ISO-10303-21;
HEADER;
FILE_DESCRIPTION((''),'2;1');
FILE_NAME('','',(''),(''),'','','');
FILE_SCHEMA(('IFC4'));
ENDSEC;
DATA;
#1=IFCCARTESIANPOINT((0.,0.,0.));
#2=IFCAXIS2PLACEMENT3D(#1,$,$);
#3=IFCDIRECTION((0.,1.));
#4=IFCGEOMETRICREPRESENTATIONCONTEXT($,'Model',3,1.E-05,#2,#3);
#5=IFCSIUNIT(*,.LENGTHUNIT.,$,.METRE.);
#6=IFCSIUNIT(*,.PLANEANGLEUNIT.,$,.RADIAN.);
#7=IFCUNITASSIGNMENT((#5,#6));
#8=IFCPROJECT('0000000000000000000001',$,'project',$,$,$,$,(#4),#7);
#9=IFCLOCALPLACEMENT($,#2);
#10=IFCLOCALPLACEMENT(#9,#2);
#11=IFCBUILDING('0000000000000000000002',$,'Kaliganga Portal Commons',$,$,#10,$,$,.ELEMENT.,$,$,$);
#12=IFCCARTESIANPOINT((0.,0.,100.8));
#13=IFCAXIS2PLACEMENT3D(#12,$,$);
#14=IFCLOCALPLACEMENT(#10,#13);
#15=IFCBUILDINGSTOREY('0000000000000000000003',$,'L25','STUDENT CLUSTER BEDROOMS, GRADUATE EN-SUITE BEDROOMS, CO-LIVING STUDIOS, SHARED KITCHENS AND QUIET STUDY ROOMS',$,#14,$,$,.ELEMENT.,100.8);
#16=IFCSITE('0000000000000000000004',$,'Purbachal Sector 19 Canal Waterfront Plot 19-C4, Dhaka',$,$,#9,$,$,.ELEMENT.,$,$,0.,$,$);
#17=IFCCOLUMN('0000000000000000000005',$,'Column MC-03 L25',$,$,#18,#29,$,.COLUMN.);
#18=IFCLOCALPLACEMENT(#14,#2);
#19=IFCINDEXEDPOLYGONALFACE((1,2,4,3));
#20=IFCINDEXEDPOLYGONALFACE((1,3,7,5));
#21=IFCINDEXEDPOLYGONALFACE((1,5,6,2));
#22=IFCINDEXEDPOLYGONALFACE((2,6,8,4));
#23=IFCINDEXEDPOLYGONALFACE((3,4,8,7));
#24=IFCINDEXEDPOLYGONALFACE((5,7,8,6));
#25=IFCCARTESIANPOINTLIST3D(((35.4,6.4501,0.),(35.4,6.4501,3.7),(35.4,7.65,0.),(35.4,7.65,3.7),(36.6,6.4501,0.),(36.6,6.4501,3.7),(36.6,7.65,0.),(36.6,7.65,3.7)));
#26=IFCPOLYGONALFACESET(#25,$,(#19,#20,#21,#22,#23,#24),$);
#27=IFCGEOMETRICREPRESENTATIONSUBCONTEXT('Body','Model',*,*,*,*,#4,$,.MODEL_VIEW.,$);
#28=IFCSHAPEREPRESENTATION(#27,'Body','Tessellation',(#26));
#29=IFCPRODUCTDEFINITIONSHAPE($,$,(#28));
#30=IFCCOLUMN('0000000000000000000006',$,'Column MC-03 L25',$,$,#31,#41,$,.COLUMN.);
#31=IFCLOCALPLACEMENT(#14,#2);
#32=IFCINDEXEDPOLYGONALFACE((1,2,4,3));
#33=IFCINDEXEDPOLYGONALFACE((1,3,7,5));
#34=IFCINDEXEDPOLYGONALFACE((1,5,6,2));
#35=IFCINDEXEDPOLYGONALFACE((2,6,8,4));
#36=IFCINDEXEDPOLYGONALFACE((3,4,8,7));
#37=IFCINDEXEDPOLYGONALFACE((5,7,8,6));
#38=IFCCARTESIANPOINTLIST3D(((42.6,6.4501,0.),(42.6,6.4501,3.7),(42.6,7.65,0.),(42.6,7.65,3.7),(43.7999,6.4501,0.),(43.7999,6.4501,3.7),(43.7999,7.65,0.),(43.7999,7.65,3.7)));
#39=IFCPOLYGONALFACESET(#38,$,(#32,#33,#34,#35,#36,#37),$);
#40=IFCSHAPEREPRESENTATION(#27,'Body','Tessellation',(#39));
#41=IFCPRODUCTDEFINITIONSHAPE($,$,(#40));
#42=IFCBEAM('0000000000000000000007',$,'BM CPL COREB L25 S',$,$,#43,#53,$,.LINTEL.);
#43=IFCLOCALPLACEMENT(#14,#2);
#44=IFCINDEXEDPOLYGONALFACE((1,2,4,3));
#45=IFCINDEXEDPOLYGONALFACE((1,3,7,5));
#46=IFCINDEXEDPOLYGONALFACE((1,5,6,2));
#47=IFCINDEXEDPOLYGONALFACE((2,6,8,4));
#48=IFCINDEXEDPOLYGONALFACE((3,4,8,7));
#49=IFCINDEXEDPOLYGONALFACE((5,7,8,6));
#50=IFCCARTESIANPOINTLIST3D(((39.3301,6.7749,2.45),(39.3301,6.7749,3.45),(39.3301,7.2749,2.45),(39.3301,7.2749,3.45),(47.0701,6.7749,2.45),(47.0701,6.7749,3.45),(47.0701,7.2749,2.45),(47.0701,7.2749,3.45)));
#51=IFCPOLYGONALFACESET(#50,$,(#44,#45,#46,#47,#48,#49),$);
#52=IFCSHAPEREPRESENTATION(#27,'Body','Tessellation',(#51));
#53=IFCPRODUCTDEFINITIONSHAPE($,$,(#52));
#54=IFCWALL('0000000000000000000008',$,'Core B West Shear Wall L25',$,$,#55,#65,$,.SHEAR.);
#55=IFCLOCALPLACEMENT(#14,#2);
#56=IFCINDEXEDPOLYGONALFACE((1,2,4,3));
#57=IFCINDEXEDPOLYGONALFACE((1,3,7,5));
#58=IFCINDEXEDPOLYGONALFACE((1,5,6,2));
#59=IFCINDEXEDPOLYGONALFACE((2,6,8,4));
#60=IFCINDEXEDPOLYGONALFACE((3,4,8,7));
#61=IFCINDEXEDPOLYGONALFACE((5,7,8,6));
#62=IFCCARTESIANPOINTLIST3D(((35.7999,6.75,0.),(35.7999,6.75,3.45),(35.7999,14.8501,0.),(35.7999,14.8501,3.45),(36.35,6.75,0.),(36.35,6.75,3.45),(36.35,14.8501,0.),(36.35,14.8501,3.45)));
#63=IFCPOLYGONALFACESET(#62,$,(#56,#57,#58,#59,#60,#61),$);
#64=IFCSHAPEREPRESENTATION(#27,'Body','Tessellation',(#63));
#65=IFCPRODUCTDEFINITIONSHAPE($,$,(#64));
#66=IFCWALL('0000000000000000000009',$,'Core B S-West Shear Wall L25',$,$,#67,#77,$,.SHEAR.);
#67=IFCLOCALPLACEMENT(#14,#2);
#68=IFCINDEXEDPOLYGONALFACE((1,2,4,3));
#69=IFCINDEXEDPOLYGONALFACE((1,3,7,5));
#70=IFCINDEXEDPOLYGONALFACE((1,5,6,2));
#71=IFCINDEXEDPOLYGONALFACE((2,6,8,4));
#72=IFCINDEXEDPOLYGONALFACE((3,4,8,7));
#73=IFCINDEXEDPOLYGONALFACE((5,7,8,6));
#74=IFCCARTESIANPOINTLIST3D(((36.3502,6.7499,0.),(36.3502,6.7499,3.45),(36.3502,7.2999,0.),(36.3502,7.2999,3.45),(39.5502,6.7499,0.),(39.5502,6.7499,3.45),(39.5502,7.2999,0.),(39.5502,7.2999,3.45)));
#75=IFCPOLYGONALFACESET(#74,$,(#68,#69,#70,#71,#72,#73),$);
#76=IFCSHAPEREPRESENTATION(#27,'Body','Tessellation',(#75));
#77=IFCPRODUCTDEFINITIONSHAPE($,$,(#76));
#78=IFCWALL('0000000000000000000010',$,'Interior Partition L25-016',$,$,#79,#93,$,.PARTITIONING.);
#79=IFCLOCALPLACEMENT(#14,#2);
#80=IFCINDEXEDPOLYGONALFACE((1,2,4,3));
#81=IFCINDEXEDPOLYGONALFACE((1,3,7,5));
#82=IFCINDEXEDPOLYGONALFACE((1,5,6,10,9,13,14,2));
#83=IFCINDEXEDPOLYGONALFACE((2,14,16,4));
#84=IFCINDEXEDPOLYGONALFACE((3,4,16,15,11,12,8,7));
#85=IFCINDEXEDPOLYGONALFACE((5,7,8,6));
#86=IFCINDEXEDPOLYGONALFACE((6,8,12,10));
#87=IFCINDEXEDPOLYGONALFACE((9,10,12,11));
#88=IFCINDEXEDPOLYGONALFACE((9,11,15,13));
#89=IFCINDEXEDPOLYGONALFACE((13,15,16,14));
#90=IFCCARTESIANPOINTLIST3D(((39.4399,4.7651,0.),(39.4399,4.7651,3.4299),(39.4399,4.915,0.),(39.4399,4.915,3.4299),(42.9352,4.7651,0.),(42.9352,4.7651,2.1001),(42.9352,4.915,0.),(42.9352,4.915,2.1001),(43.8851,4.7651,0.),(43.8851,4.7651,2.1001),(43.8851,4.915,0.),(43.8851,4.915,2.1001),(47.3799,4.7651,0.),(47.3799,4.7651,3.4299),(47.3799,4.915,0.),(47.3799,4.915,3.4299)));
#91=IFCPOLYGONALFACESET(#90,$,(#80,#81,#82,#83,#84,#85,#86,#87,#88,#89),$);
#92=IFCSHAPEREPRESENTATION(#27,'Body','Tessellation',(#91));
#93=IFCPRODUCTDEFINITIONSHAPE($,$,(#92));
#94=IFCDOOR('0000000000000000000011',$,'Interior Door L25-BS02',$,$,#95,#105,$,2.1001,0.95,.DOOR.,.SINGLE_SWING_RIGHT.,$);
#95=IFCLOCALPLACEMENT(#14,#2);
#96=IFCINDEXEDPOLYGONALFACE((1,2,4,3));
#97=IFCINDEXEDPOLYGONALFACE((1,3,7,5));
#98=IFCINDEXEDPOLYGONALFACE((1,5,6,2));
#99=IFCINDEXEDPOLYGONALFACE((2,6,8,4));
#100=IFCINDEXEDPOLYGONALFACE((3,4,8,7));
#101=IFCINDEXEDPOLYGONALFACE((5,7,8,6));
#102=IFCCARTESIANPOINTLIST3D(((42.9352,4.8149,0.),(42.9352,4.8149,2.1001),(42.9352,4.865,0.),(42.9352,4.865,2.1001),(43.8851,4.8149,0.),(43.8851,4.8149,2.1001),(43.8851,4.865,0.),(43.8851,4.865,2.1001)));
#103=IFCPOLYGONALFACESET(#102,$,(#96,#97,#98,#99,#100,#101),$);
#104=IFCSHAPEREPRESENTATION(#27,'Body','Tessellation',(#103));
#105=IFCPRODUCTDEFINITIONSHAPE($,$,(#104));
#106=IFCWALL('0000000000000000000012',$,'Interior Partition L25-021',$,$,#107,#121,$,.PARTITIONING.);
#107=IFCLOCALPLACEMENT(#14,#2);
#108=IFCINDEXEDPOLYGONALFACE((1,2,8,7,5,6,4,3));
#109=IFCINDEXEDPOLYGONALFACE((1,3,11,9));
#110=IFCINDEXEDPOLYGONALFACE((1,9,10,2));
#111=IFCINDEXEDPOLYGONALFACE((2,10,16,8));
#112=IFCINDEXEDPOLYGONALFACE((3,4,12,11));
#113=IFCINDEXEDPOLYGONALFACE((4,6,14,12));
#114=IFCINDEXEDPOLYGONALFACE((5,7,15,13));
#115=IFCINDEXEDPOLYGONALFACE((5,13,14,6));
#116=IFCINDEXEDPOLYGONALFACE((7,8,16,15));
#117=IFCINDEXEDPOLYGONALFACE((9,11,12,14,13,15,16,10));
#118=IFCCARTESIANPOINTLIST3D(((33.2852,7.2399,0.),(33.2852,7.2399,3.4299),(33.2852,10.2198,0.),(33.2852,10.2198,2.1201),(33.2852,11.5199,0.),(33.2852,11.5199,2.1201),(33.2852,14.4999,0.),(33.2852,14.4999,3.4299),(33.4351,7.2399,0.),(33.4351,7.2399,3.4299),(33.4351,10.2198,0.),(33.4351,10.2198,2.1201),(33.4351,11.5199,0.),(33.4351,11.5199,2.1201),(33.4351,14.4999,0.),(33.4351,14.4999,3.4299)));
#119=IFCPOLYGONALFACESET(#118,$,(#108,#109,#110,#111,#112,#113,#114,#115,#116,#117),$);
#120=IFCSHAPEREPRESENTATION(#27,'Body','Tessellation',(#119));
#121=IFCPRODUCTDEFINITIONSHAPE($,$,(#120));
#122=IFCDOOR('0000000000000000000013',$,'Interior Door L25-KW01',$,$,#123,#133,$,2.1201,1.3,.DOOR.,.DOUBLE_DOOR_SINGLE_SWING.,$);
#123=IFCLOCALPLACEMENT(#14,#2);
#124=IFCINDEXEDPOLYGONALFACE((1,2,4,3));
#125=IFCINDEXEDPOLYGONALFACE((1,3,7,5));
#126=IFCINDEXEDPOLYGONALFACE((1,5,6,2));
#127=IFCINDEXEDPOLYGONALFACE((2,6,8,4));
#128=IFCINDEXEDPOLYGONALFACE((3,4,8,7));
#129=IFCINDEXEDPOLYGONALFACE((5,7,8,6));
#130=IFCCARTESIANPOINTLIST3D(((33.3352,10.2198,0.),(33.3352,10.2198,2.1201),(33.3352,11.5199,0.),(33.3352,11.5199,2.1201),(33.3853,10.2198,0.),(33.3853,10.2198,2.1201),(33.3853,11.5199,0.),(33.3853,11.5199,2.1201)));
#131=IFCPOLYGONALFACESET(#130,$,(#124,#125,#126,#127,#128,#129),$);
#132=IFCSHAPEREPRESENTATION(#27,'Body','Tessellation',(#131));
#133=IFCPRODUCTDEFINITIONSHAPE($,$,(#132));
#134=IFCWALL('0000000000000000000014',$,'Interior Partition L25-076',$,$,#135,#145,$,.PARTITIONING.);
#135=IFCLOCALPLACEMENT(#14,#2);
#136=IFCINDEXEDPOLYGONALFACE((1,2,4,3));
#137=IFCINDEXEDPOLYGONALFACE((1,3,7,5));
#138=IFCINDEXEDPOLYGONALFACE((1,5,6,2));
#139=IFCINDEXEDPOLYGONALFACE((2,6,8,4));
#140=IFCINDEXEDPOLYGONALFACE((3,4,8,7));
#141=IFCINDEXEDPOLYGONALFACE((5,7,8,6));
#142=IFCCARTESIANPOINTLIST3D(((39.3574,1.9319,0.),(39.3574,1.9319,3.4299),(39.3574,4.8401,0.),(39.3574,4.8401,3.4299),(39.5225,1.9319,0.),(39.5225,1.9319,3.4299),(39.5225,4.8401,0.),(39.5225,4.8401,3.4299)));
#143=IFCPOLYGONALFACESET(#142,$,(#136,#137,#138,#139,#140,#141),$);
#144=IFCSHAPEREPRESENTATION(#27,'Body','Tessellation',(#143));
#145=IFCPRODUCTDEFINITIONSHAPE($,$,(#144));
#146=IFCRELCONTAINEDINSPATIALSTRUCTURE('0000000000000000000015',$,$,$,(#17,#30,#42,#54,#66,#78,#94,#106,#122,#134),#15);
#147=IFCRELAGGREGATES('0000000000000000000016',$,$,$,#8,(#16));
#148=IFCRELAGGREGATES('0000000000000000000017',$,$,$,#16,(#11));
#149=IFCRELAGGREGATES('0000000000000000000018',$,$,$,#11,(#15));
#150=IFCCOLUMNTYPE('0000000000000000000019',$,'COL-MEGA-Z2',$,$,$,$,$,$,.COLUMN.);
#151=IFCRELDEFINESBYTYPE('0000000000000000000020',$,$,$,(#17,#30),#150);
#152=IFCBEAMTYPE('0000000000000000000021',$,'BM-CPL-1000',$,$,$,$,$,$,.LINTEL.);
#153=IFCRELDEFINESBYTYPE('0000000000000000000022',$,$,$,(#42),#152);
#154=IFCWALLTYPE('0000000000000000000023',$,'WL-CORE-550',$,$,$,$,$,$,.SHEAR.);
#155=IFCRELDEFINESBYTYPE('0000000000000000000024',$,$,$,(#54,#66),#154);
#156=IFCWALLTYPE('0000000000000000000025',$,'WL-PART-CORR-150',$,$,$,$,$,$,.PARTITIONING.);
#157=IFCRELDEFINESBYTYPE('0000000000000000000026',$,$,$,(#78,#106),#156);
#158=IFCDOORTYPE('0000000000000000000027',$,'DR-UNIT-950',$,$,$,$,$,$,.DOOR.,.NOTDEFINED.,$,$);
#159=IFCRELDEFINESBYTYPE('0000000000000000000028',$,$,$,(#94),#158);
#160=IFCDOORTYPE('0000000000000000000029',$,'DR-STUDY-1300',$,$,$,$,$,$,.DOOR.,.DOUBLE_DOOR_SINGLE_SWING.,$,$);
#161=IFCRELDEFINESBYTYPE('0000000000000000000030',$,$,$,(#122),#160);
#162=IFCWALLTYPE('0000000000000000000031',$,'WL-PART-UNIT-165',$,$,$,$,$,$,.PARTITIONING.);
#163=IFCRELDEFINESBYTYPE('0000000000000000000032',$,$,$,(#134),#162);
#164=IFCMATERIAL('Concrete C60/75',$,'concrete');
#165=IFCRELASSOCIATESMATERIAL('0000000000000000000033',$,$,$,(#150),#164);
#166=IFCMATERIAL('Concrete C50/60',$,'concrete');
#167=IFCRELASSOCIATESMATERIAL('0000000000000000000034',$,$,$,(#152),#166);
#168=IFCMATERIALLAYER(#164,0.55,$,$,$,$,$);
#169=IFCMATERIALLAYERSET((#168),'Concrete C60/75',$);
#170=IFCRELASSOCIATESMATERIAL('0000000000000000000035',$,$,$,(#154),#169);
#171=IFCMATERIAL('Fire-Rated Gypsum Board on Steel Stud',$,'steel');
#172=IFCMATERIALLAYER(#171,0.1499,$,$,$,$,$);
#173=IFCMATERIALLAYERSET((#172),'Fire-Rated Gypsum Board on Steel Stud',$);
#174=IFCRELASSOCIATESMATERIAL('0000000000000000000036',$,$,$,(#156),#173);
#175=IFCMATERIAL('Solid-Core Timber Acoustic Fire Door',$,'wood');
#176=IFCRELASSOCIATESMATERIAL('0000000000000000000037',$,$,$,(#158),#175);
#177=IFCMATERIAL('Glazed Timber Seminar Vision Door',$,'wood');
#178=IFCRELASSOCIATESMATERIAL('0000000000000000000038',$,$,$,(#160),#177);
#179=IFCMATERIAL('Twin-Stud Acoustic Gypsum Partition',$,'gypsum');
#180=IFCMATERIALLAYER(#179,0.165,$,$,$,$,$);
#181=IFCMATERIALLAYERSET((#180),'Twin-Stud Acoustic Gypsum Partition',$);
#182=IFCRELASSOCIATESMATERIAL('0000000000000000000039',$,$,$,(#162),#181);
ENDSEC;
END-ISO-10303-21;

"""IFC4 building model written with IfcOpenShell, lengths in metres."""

from ifc_helpers import new_model, si_unit, direction, frame, frame_2d, origin, origin_2d, place, context, subcontext, project, spatial, rectangle, extrude, source, transform, mapped, material, layer, layer_set, material_profile, profile_set, type_object, element, fill, save


model = new_model("IFC4")

# Units and contexts
model_context = context("Model", 3, precision=1e-05, world=origin(), true_north=direction((0.0, 1.0)))
body_context = subcontext(model_context, "Body", "Model", "MODEL_VIEW")
ifc_project = project(units=[si_unit("LENGTHUNIT", "METRE"), si_unit("PLANEANGLEUNIT", "RADIAN")], contexts=[model_context])

# Site, building, storey
site_placement = place(None, origin())
site = spatial("IfcSite", under=ifc_project, at=site_placement, Name="Purbachal Sector 19 Canal Waterfront Plot 19-C4, Dhaka", CompositionType="ELEMENT", RefElevation=0.0)
building_placement = place(site_placement, origin())
building = spatial("IfcBuilding", under=site, at=building_placement, Name="Kaliganga Portal Commons", CompositionType="ELEMENT")
storey_placement = place(building_placement, frame((0.0, 0.0, 100.8)))
storey = spatial("IfcBuildingStorey", under=building, at=storey_placement, Name="L25", Description="STUDENT CLUSTER BEDROOMS, GRADUATE EN-SUITE BEDROOMS, CO-LIVING STUDIOS, SHARED KITCHENS AND QUIET STUDY ROOMS", CompositionType="ELEMENT", Elevation=100.8)

# Columns
ifc_material_1 = material(Name="Concrete C60/75", Category="concrete")
ifc_material_profile_1 = material_profile(ifc_material_1, rectangle(XDim=1.2, YDim=1.2, at=origin_2d()), Name="RC 1200x1200")
ifc_profile_set_1 = profile_set([ifc_material_profile_1], Name="Concrete C60/75")
column_type = type_object("IfcColumnType", Name="COL-MEGA-Z2", PredefinedType="COLUMN", material=ifc_profile_set_1)
shared_shape_1 = source(origin(), body_context, "Body", "SweptSolid", [
    extrude(rectangle(XDim=1.2, YDim=1.2, at=origin_2d()), origin(), (0.0, 0.0, 1.0), 3.7),
])
for number, where, z_axis, x_axis, name in (
    (1, (36.0, 7.05, 0.0), (0.0, 0.0, 1.0), (1.0, 0.0, 0.0), "Column MC-03 L25"),
    (2, (43.2, 7.05, 0.0), (0.0, 0.0, 1.0), (1.0, 0.0, 0.0), "Column MC-03 L25"),
):
    element("IfcColumn", number, at=place(storey_placement, frame(where, z_axis=z_axis, x_axis=x_axis)), inside=storey, type_object=column_type, Name=name, PredefinedType="COLUMN", context=body_context, shape_type="MappedRepresentation", body=[
        mapped(shared_shape_1, transform((0.0, 0.0, 0.0), x_axis=(1.0, 0.0, 0.0), y_axis=(0.0, 1.0, 0.0), z_axis=(0.0, 0.0, 1.0), scale=1.0)),
    ])

# Beam
ifc_material_2 = material(Name="Concrete C50/60", Category="concrete")
ifc_material_profile_2 = material_profile(ifc_material_2, rectangle(XDim=0.5, YDim=1.0, at=origin_2d()), Name="RC 500x1000")
ifc_profile_set_2 = profile_set([ifc_material_profile_2], Name="Concrete C50/60")
beam_type = type_object("IfcBeamType", Name="BM-CPL-1000", PredefinedType="LINTEL", material=ifc_profile_set_2)
shared_shape_2 = source(origin(), body_context, "Body", "SweptSolid", [
    extrude(rectangle(XDim=0.5, YDim=1.0, at=origin_2d()), origin(), (0.0, 0.0, 1.0), 7.74),
])
beam_placement = place(storey_placement, frame((39.3301, 7.0249, 2.95), z_axis=(1.0, 0.0, 0.0), x_axis=(0.0, 1.0, 0.0)))
element("IfcBeam", 3, at=beam_placement, inside=storey, type_object=beam_type, Name="BM CPL COREB L25 S", PredefinedType="LINTEL", context=body_context, shape_type="MappedRepresentation", body=[
    mapped(shared_shape_2, transform((0.0, 0.0, 0.0), x_axis=(1.0, 0.0, 0.0), y_axis=(0.0, 1.0, 0.0), z_axis=(0.0, 0.0, 1.0), scale=1.0)),
])

# Walls
ifc_layer_1 = layer(ifc_material_1, 0.55)
ifc_layer_set_1 = layer_set([ifc_layer_1], Name="Concrete C60/75")
wall_type_1 = type_object("IfcWallType", Name="WL-CORE-550", PredefinedType="SHEAR", material=ifc_layer_set_1)
wall_1_placement = place(storey_placement, frame((36.075, 6.75, 0.0), z_axis=(0.0, 0.0, 1.0), x_axis=(0.0, 1.0, 0.0)))
element("IfcWall", 4, at=wall_1_placement, inside=storey, type_object=wall_type_1, Name="Core B West Shear Wall L25", PredefinedType="SHEAR", context=body_context, shape_type="SweptSolid", body=[
    extrude(rectangle(XDim=8.1001, YDim=0.55, at=frame_2d((4.05, 0.0))), origin(), (0.0, 0.0, 1.0), 3.45),
])
wall_2_placement = place(storey_placement, frame((36.3501, 7.0249, 0.0), z_axis=(0.0, 0.0, 1.0), x_axis=(1.0, 0.0, 0.0)))
element("IfcWall", 5, at=wall_2_placement, inside=storey, type_object=wall_type_1, Name="Core B S-West Shear Wall L25", PredefinedType="SHEAR", context=body_context, shape_type="SweptSolid", body=[
    extrude(rectangle(XDim=3.2, YDim=0.55, at=frame_2d((1.6001, 0.0))), origin(), (0.0, 0.0, 1.0), 3.45),
])

# Walls, openings, doors
ifc_material_3 = material(Name="Fire-Rated Gypsum Board on Steel Stud", Category="steel")
ifc_layer_2 = layer(ifc_material_3, 0.1499)
ifc_layer_set_2 = layer_set([ifc_layer_2], Name="Fire-Rated Gypsum Board on Steel Stud")
wall_type_2 = type_object("IfcWallType", Name="WL-PART-CORR-150", PredefinedType="PARTITIONING", material=ifc_layer_set_2)
wall_3_placement = place(storey_placement, frame((39.4399, 4.8401, 0.0), z_axis=(0.0, 0.0, 1.0), x_axis=(1.0, 0.0, 0.0)))
wall_3 = element("IfcWall", 6, at=wall_3_placement, inside=storey, type_object=wall_type_2, Name="Interior Partition L25-016", PredefinedType="PARTITIONING", context=body_context, shape_type="SweptSolid", body=[
    extrude(rectangle(XDim=7.9399, YDim=0.1499, at=frame_2d((3.97, 0.0))), origin(), (0.0, 0.0, 1.0), 3.4299),
])
opening_1_placement = place(wall_3_placement, frame((3.4951, 0.0, 0.0)))
opening_1 = element("IfcOpeningElement", 7, at=opening_1_placement, cuts=wall_3, PredefinedType="OPENING", context=body_context, shape_type="SweptSolid", body=[
    extrude(rectangle(XDim=0.95, YDim=2.1001, at=frame_2d((0.4751, 1.05))), frame((0.0, 0.085, 0.0), z_axis=(0.0, -1.0, 0.0), x_axis=(1.0, 0.0, 0.0)), (0.0, 0.0, 1.0), 0.1699),
])
ifc_material_4 = material(Name="Solid-Core Timber Acoustic Fire Door", Category="wood")
door_type_1 = type_object("IfcDoorType", Name="DR-UNIT-950", OperationType="NOTDEFINED", PredefinedType="DOOR", material=ifc_material_4)
door_1_placement = place(opening_1_placement, origin())
door_1 = element("IfcDoor", 8, at=door_1_placement, inside=storey, type_object=door_type_1, Name="Interior Door L25-BS02", OperationType="SINGLE_SWING_RIGHT", OverallHeight=2.1001, OverallWidth=0.95, PredefinedType="DOOR", context=body_context, shape_type="SweptSolid", body=[
    extrude(rectangle(XDim=0.95, YDim=2.1001, at=frame_2d((0.4751, 1.05))), frame((0.0, 0.0249, 0.0), z_axis=(0.0, -1.0, 0.0), x_axis=(1.0, 0.0, 0.0)), (0.0, 0.0, 1.0), 0.05),
])
fill(opening_1, door_1)
wall_4_placement = place(storey_placement, frame((33.3601, 7.24, 0.0), z_axis=(0.0, 0.0, 1.0), x_axis=(0.0, 1.0, 0.0)))
wall_4 = element("IfcWall", 9, at=wall_4_placement, inside=storey, type_object=wall_type_2, Name="Interior Partition L25-021", PredefinedType="PARTITIONING", context=body_context, shape_type="SweptSolid", body=[
    extrude(rectangle(XDim=7.26, YDim=0.1499, at=frame_2d((3.6299, 0.0))), origin(), (0.0, 0.0, 1.0), 3.4299),
])
opening_2_placement = place(wall_4_placement, frame((2.98, 0.0, 0.0)))
opening_2 = element("IfcOpeningElement", 10, at=opening_2_placement, cuts=wall_4, PredefinedType="OPENING", context=body_context, shape_type="SweptSolid", body=[
    extrude(rectangle(XDim=1.3, YDim=2.1201, at=frame_2d((0.6499, 1.0601))), frame((0.0, 0.085, 0.0), z_axis=(0.0, -1.0, 0.0), x_axis=(1.0, 0.0, 0.0)), (0.0, 0.0, 1.0), 0.1699),
])
ifc_material_5 = material(Name="Glazed Timber Seminar Vision Door", Category="wood")
door_type_2 = type_object("IfcDoorType", Name="DR-STUDY-1300", OperationType="DOUBLE_DOOR_SINGLE_SWING", PredefinedType="DOOR", material=ifc_material_5)
door_2_placement = place(opening_2_placement, origin())
door_2 = element("IfcDoor", 11, at=door_2_placement, inside=storey, type_object=door_type_2, Name="Interior Door L25-KW01", OperationType="DOUBLE_DOOR_SINGLE_SWING", OverallHeight=2.1201, OverallWidth=1.3, PredefinedType="DOOR", context=body_context, shape_type="SweptSolid", body=[
    extrude(rectangle(XDim=1.3, YDim=2.1201, at=frame_2d((0.6499, 1.0601))), frame((0.0, 0.0249, 0.0), z_axis=(0.0, -1.0, 0.0), x_axis=(1.0, 0.0, 0.0)), (0.0, 0.0, 1.0), 0.05),
])
fill(opening_2, door_2)

# Wall
ifc_material_6 = material(Name="Twin-Stud Acoustic Gypsum Partition", Category="gypsum")
ifc_layer_3 = layer(ifc_material_6, 0.165)
ifc_layer_set_3 = layer_set([ifc_layer_3], Name="Twin-Stud Acoustic Gypsum Partition")
wall_type_3 = type_object("IfcWallType", Name="WL-PART-UNIT-165", PredefinedType="PARTITIONING", material=ifc_layer_set_3)
wall_5_placement = place(storey_placement, frame((39.4399, 1.9319, 0.0), z_axis=(0.0, 0.0, 1.0), x_axis=(0.0, 1.0, 0.0)))
element("IfcWall", 12, at=wall_5_placement, inside=storey, type_object=wall_type_3, Name="Interior Partition L25-076", PredefinedType="PARTITIONING", context=body_context, shape_type="SweptSolid", body=[
    extrude(rectangle(XDim=2.9082, YDim=0.165, at=frame_2d((1.4541, 0.0))), origin(), (0.0, 0.0, 1.0), 3.4299),
])

save(model, "model.ifc")
